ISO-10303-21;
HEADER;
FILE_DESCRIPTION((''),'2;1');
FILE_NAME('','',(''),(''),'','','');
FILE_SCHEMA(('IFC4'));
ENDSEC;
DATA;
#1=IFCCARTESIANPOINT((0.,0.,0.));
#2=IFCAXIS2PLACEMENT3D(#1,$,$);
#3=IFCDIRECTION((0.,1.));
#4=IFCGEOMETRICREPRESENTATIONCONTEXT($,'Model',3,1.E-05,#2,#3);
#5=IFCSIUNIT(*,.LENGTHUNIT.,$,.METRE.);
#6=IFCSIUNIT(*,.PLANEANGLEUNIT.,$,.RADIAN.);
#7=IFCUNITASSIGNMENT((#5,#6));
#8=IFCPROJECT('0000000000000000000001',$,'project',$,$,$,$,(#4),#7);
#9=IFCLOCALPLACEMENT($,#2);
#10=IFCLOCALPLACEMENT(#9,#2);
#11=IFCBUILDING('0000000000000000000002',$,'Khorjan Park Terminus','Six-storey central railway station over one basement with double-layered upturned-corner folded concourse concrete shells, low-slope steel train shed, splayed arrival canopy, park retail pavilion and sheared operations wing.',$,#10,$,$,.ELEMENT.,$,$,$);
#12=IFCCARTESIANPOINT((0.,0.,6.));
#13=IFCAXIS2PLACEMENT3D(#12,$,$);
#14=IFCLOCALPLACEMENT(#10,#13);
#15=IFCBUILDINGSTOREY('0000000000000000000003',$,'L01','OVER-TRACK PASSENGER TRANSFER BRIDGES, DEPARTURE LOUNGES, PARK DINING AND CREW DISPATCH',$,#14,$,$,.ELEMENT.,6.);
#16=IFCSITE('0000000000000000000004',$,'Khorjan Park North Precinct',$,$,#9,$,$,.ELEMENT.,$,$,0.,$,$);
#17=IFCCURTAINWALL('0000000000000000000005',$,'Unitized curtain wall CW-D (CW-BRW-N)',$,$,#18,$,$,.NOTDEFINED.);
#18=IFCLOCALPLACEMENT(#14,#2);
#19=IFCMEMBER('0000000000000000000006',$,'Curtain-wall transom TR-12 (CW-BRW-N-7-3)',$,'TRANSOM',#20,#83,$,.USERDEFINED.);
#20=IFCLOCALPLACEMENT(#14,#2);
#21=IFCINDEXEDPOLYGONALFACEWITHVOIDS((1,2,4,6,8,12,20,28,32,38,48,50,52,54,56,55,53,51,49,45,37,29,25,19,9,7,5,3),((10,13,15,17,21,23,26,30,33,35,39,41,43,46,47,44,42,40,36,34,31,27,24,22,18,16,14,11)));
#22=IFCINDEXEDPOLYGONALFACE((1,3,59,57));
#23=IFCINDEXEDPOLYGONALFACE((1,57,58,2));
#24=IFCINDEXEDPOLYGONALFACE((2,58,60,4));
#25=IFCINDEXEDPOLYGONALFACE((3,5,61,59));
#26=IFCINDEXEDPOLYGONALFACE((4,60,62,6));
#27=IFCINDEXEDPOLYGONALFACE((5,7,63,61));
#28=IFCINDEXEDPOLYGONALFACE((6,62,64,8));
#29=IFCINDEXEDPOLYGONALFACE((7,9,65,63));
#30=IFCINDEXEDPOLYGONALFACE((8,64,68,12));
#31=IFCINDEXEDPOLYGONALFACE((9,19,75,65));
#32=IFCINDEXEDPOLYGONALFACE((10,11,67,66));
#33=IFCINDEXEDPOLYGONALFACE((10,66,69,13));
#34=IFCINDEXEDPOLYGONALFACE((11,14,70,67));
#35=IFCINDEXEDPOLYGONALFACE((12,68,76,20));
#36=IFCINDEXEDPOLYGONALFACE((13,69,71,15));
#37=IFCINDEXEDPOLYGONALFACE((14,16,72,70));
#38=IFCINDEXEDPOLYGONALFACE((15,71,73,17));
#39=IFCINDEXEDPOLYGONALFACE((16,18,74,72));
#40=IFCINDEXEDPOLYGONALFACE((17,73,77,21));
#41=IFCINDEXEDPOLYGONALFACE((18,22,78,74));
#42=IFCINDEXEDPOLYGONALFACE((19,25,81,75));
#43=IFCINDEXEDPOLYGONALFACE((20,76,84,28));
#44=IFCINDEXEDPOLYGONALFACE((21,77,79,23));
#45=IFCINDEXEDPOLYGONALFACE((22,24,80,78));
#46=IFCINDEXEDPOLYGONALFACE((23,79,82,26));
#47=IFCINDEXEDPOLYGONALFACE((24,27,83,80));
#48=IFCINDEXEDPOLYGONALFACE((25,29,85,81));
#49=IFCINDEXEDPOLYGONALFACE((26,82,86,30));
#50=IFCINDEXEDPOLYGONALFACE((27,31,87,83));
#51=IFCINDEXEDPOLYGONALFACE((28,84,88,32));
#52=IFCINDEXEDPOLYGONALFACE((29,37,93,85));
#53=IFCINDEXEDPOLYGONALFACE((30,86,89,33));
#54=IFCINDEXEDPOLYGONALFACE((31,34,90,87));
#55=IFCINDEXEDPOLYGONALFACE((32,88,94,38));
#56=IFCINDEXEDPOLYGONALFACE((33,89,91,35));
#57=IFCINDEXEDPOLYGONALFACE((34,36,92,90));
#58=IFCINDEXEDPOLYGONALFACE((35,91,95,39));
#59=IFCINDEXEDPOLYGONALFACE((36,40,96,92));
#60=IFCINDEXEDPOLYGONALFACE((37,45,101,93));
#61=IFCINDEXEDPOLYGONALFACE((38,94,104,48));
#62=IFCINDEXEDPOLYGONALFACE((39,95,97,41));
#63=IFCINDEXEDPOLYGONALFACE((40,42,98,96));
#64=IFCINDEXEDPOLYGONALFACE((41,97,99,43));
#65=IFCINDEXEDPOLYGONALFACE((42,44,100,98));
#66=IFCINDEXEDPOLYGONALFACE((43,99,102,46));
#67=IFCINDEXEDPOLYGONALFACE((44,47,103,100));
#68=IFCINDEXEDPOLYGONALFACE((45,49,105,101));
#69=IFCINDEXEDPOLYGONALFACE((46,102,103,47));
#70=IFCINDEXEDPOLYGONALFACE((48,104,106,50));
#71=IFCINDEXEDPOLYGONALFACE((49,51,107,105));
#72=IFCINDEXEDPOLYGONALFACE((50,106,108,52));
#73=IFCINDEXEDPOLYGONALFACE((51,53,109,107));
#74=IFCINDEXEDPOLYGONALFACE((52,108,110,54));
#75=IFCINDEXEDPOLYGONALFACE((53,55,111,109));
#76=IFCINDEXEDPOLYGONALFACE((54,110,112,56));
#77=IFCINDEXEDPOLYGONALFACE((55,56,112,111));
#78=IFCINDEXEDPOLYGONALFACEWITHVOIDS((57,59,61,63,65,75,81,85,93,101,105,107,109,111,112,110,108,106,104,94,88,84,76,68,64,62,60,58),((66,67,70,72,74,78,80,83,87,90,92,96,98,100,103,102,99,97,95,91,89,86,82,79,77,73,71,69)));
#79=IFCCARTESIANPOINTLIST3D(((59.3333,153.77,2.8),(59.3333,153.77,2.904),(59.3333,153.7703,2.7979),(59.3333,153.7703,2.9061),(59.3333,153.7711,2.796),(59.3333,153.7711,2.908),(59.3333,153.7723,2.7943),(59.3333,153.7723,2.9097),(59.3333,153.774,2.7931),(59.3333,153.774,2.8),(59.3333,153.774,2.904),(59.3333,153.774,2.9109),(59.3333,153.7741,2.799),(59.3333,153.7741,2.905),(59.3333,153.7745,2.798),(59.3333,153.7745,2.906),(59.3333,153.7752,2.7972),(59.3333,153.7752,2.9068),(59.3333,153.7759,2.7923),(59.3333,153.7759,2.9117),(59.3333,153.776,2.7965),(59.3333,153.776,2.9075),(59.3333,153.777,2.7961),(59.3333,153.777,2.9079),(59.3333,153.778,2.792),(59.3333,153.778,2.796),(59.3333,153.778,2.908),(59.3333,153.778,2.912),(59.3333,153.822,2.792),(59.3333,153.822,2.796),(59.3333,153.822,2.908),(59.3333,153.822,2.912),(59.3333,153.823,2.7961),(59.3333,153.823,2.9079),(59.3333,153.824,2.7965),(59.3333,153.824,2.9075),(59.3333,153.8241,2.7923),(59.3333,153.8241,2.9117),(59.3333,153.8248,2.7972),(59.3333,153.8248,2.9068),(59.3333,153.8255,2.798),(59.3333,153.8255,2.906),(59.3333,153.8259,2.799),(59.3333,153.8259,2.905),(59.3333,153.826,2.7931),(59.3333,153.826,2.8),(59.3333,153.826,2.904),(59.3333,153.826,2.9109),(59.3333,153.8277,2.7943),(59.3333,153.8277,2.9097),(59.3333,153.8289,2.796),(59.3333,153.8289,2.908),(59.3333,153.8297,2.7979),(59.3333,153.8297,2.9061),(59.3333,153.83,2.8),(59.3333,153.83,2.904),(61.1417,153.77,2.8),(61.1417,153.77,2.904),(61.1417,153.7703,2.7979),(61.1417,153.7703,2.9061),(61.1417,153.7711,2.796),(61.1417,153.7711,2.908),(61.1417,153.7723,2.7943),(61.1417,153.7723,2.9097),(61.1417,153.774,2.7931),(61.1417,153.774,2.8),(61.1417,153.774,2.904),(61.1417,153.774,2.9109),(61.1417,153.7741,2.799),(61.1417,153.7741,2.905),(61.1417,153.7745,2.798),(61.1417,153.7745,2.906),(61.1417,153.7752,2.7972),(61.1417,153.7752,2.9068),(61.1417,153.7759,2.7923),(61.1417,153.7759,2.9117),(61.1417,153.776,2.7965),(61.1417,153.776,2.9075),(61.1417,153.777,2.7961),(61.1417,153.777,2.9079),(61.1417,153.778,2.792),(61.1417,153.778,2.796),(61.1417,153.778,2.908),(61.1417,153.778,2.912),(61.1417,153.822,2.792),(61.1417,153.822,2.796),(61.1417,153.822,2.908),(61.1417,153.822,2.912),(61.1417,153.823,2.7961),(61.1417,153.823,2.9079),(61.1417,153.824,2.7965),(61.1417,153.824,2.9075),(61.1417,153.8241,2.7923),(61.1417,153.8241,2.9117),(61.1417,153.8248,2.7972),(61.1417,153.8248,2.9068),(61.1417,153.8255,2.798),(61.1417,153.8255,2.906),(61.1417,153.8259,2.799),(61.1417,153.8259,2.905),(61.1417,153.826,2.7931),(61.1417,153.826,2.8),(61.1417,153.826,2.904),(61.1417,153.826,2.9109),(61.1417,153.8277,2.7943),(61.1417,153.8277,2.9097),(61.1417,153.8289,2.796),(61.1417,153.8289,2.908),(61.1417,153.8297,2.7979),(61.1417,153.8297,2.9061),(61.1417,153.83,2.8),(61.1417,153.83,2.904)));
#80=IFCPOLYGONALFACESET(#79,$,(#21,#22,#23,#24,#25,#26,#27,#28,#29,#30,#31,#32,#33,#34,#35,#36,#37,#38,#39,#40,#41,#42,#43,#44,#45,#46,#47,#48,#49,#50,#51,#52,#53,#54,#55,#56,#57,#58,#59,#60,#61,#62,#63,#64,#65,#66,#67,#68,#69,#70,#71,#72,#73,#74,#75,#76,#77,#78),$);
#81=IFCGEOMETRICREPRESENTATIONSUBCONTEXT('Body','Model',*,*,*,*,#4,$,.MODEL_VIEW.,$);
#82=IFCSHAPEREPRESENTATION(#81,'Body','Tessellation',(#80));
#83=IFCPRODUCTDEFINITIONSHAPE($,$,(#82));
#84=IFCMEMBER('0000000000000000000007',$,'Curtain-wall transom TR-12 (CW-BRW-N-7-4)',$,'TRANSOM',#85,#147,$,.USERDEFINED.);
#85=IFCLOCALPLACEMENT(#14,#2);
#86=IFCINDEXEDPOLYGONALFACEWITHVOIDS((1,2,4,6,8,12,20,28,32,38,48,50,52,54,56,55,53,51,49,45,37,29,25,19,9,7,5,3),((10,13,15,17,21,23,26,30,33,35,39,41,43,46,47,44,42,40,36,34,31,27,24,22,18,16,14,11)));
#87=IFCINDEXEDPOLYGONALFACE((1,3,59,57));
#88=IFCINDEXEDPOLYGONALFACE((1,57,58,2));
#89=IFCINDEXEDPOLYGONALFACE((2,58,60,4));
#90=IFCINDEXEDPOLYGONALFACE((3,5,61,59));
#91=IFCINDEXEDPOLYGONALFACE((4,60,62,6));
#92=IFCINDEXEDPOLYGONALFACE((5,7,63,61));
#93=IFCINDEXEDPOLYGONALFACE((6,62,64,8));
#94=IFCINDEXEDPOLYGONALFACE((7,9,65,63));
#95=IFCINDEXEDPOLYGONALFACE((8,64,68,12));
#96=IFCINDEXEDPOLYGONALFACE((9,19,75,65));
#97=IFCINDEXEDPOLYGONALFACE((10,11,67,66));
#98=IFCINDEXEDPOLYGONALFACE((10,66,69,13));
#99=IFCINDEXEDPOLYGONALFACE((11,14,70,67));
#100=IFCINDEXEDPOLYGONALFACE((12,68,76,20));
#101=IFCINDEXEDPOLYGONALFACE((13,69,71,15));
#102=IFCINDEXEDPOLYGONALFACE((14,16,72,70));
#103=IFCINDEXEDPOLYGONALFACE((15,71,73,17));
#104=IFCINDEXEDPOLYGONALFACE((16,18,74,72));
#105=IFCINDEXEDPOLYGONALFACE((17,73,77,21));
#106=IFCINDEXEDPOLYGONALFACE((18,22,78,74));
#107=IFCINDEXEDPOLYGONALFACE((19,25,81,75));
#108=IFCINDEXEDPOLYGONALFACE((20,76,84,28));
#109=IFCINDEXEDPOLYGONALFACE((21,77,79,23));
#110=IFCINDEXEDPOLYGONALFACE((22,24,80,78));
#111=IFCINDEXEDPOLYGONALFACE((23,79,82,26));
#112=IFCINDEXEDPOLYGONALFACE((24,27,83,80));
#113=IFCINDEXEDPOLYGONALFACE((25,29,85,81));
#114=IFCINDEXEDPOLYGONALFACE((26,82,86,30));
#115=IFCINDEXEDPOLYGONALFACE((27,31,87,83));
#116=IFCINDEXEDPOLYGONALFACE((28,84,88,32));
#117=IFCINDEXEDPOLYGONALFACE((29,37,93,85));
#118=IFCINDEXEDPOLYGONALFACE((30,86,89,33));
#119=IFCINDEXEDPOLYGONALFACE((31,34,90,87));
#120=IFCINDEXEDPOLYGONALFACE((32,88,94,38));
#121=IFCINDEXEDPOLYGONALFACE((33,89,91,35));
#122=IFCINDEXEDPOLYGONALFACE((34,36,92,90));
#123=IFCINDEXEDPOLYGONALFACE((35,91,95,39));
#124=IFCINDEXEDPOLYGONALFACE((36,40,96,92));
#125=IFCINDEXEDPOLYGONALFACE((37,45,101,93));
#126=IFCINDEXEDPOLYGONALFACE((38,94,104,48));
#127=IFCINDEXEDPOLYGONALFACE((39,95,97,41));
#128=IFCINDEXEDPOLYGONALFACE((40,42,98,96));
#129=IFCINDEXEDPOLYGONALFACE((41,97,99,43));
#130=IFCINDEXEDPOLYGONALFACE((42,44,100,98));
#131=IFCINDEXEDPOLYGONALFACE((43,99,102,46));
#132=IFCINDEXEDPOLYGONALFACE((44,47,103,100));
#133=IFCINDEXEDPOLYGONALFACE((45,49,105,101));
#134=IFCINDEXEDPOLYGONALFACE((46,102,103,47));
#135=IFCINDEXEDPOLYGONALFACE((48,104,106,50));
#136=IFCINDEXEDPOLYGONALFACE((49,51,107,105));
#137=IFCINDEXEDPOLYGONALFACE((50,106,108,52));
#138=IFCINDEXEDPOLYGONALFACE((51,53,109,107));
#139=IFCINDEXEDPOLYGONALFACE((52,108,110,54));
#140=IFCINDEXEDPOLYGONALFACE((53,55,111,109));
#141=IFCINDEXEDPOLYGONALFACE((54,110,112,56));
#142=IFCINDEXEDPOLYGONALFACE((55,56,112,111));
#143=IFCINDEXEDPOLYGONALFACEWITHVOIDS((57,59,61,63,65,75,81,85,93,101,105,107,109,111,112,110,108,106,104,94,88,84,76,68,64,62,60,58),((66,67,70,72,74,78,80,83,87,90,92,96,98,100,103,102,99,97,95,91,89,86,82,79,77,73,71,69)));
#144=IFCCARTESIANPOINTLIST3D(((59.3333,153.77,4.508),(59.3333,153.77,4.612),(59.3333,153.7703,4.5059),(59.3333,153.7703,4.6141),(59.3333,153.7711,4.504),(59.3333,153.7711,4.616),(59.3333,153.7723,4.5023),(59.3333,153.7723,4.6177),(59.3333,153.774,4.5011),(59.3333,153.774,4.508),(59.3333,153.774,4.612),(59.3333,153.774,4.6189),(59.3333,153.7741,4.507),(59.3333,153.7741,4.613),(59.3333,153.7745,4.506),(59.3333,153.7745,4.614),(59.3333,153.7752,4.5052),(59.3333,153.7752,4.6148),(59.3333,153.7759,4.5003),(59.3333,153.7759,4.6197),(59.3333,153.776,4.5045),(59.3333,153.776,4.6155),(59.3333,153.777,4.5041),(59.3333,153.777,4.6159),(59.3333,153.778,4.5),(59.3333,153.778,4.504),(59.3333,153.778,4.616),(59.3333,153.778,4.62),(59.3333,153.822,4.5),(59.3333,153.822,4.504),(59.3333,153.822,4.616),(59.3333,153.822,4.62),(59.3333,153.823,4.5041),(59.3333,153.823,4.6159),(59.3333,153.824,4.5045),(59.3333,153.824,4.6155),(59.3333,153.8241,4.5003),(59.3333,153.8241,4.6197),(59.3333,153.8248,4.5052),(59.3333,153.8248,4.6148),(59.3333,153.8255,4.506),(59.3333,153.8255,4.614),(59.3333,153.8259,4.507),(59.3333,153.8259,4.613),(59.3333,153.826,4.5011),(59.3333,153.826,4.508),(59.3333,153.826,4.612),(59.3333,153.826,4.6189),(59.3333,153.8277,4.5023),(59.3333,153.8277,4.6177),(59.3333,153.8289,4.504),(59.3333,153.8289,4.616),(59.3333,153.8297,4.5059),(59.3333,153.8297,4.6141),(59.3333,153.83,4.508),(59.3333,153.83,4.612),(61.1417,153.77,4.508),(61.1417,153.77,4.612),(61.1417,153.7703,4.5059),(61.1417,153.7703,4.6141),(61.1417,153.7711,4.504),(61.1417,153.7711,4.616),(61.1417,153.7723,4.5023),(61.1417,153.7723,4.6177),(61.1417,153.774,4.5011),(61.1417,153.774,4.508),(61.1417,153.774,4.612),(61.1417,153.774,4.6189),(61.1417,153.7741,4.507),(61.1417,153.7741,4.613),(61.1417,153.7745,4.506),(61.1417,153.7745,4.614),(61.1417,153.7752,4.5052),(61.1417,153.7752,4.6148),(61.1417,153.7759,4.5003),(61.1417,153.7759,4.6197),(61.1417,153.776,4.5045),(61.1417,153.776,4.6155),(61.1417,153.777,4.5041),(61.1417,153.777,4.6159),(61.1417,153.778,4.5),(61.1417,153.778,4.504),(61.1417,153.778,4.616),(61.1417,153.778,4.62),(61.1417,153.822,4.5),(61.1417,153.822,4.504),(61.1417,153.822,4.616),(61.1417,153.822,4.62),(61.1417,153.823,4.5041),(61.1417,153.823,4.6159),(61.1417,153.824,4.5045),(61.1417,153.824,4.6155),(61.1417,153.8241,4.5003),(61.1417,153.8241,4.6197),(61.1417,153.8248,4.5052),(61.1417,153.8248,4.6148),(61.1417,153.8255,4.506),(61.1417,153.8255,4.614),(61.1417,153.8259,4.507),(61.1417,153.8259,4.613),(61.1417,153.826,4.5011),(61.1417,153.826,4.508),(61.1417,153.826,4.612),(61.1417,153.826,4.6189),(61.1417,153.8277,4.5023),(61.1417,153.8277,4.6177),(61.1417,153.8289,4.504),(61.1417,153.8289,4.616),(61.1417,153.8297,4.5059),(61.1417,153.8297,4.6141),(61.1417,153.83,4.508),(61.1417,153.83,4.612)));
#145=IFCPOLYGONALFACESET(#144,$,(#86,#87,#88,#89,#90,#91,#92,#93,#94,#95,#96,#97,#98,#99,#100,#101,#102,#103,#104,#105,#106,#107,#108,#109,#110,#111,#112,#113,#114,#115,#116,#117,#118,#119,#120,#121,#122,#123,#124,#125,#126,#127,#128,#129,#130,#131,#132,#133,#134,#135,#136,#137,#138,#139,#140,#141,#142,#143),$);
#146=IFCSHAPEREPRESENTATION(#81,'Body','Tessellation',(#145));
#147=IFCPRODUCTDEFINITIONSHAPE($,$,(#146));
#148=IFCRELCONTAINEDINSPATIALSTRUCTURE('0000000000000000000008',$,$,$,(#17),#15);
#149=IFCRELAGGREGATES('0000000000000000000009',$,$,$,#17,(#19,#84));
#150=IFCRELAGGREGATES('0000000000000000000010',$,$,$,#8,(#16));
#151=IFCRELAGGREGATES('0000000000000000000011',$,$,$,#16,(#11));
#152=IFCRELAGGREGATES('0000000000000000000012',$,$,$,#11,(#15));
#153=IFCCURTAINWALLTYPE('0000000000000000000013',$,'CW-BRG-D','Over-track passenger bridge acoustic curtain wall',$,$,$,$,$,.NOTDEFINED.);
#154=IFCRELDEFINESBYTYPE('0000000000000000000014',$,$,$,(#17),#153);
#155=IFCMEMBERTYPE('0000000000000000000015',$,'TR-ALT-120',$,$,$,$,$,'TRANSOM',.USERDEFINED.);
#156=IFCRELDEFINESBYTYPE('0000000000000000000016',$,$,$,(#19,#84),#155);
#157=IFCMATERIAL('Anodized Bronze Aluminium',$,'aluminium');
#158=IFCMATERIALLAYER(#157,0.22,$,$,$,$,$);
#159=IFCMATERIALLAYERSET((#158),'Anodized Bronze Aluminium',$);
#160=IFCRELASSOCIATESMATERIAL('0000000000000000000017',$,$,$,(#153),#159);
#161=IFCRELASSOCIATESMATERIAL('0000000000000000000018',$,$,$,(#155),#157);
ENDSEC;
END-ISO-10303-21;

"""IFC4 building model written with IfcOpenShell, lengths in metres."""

from ifc_helpers import new_model, si_unit, direction, frame, origin, origin_2d, place, context, subcontext, project, spatial, hollow_rectangle, extrude, material, layer, layer_set, material_profile, profile_set, type_object, element, aggregate, save


model = new_model("IFC4")

# Units and contexts
model_context = context("Model", 3, precision=1e-05, world=origin(), true_north=direction((0.0, 1.0)))
body_context = subcontext(model_context, "Body", "Model", "MODEL_VIEW")
ifc_project = project(units=[si_unit("LENGTHUNIT", "METRE"), si_unit("PLANEANGLEUNIT", "RADIAN")], contexts=[model_context])

# Site, building, storey
site_placement = place(None, origin())
site = spatial("IfcSite", under=ifc_project, at=site_placement, Name="Khorjan Park North Precinct", CompositionType="ELEMENT", RefElevation=0.0)
building_placement = place(site_placement, origin())
building = spatial("IfcBuilding", under=site, at=building_placement, Name="Khorjan Park Terminus", Description="Six-storey central railway station over one basement with double-layered upturned-corner folded concourse concrete shells, low-slope steel train shed, splayed arrival canopy, park retail pavilion and sheared operations wing.", CompositionType="ELEMENT")
storey_placement = place(building_placement, frame((0.0, 0.0, 6.0)))
storey = spatial("IfcBuildingStorey", under=building, at=storey_placement, Name="L01", Description="OVER-TRACK PASSENGER TRANSFER BRIDGES, DEPARTURE LOUNGES, PARK DINING AND CREW DISPATCH", CompositionType="ELEMENT", Elevation=6.0)

# Curtain wall, members
ifc_material_1 = material(Name="Anodized Bronze Aluminium", Category="aluminium")
ifc_layer_1 = layer(ifc_material_1, 0.22)
ifc_layer_set_1 = layer_set([ifc_layer_1], Name="Anodized Bronze Aluminium")
curtain_wall_type = type_object("IfcCurtainWallType", Name="CW-BRG-D", Description="Over-track passenger bridge acoustic curtain wall", PredefinedType="NOTDEFINED", material=ifc_layer_set_1)
curtain_wall_placement = place(storey_placement, origin())
curtain_wall = element("IfcCurtainWall", 1, at=curtain_wall_placement, inside=storey, type_object=curtain_wall_type, Name="Unitized curtain wall CW-D (CW-BRW-N)", PredefinedType="NOTDEFINED")
ifc_material_profile_1 = material_profile(ifc_material_1, hollow_rectangle(XDim=0.06, YDim=0.12, WallThickness=0.004, InnerFilletRadius=0.004, OuterFilletRadius=0.008, at=origin_2d()), Name="ALT 60x120x4")
ifc_profile_set_1 = profile_set([ifc_material_profile_1], Name="Anodized Bronze Aluminium")
member_type_1 = type_object("IfcMemberType", Name="TR-ALT-120", ElementType="TRANSOM", PredefinedType="USERDEFINED", material=ifc_profile_set_1)
member_1_placement = place(storey_placement, frame((61.1417, 153.8, 2.852), z_axis=(-1.0, 0.0, 0.0), x_axis=(0.0, -1.0, 0.0)))
member_1 = element("IfcMember", 2, at=member_1_placement, type_object=member_type_1, Name="Curtain-wall transom TR-12 (CW-BRW-N-7-3)", ObjectType="TRANSOM", PredefinedType="USERDEFINED", context=body_context, shape_type="SweptSolid", body=[
    extrude(hollow_rectangle(XDim=0.06, YDim=0.12, WallThickness=0.004, InnerFilletRadius=0.004, OuterFilletRadius=0.008, at=origin_2d()), origin(), (0.0, 0.0, 1.0), 1.8084),
])
member_2_placement = place(storey_placement, frame((61.1417, 153.8, 4.56), z_axis=(-1.0, 0.0, 0.0), x_axis=(0.0, -1.0, 0.0)))
member_2 = element("IfcMember", 3, at=member_2_placement, type_object=member_type_1, Name="Curtain-wall transom TR-12 (CW-BRW-N-7-4)", ObjectType="TRANSOM", PredefinedType="USERDEFINED", context=body_context, shape_type="SweptSolid", body=[
    extrude(hollow_rectangle(XDim=0.06, YDim=0.12, WallThickness=0.004, InnerFilletRadius=0.004, OuterFilletRadius=0.008, at=origin_2d()), origin(), (0.0, 0.0, 1.0), 1.8084),
])
aggregate(curtain_wall, [member_1, member_2])

save(model, "model.ifc")
